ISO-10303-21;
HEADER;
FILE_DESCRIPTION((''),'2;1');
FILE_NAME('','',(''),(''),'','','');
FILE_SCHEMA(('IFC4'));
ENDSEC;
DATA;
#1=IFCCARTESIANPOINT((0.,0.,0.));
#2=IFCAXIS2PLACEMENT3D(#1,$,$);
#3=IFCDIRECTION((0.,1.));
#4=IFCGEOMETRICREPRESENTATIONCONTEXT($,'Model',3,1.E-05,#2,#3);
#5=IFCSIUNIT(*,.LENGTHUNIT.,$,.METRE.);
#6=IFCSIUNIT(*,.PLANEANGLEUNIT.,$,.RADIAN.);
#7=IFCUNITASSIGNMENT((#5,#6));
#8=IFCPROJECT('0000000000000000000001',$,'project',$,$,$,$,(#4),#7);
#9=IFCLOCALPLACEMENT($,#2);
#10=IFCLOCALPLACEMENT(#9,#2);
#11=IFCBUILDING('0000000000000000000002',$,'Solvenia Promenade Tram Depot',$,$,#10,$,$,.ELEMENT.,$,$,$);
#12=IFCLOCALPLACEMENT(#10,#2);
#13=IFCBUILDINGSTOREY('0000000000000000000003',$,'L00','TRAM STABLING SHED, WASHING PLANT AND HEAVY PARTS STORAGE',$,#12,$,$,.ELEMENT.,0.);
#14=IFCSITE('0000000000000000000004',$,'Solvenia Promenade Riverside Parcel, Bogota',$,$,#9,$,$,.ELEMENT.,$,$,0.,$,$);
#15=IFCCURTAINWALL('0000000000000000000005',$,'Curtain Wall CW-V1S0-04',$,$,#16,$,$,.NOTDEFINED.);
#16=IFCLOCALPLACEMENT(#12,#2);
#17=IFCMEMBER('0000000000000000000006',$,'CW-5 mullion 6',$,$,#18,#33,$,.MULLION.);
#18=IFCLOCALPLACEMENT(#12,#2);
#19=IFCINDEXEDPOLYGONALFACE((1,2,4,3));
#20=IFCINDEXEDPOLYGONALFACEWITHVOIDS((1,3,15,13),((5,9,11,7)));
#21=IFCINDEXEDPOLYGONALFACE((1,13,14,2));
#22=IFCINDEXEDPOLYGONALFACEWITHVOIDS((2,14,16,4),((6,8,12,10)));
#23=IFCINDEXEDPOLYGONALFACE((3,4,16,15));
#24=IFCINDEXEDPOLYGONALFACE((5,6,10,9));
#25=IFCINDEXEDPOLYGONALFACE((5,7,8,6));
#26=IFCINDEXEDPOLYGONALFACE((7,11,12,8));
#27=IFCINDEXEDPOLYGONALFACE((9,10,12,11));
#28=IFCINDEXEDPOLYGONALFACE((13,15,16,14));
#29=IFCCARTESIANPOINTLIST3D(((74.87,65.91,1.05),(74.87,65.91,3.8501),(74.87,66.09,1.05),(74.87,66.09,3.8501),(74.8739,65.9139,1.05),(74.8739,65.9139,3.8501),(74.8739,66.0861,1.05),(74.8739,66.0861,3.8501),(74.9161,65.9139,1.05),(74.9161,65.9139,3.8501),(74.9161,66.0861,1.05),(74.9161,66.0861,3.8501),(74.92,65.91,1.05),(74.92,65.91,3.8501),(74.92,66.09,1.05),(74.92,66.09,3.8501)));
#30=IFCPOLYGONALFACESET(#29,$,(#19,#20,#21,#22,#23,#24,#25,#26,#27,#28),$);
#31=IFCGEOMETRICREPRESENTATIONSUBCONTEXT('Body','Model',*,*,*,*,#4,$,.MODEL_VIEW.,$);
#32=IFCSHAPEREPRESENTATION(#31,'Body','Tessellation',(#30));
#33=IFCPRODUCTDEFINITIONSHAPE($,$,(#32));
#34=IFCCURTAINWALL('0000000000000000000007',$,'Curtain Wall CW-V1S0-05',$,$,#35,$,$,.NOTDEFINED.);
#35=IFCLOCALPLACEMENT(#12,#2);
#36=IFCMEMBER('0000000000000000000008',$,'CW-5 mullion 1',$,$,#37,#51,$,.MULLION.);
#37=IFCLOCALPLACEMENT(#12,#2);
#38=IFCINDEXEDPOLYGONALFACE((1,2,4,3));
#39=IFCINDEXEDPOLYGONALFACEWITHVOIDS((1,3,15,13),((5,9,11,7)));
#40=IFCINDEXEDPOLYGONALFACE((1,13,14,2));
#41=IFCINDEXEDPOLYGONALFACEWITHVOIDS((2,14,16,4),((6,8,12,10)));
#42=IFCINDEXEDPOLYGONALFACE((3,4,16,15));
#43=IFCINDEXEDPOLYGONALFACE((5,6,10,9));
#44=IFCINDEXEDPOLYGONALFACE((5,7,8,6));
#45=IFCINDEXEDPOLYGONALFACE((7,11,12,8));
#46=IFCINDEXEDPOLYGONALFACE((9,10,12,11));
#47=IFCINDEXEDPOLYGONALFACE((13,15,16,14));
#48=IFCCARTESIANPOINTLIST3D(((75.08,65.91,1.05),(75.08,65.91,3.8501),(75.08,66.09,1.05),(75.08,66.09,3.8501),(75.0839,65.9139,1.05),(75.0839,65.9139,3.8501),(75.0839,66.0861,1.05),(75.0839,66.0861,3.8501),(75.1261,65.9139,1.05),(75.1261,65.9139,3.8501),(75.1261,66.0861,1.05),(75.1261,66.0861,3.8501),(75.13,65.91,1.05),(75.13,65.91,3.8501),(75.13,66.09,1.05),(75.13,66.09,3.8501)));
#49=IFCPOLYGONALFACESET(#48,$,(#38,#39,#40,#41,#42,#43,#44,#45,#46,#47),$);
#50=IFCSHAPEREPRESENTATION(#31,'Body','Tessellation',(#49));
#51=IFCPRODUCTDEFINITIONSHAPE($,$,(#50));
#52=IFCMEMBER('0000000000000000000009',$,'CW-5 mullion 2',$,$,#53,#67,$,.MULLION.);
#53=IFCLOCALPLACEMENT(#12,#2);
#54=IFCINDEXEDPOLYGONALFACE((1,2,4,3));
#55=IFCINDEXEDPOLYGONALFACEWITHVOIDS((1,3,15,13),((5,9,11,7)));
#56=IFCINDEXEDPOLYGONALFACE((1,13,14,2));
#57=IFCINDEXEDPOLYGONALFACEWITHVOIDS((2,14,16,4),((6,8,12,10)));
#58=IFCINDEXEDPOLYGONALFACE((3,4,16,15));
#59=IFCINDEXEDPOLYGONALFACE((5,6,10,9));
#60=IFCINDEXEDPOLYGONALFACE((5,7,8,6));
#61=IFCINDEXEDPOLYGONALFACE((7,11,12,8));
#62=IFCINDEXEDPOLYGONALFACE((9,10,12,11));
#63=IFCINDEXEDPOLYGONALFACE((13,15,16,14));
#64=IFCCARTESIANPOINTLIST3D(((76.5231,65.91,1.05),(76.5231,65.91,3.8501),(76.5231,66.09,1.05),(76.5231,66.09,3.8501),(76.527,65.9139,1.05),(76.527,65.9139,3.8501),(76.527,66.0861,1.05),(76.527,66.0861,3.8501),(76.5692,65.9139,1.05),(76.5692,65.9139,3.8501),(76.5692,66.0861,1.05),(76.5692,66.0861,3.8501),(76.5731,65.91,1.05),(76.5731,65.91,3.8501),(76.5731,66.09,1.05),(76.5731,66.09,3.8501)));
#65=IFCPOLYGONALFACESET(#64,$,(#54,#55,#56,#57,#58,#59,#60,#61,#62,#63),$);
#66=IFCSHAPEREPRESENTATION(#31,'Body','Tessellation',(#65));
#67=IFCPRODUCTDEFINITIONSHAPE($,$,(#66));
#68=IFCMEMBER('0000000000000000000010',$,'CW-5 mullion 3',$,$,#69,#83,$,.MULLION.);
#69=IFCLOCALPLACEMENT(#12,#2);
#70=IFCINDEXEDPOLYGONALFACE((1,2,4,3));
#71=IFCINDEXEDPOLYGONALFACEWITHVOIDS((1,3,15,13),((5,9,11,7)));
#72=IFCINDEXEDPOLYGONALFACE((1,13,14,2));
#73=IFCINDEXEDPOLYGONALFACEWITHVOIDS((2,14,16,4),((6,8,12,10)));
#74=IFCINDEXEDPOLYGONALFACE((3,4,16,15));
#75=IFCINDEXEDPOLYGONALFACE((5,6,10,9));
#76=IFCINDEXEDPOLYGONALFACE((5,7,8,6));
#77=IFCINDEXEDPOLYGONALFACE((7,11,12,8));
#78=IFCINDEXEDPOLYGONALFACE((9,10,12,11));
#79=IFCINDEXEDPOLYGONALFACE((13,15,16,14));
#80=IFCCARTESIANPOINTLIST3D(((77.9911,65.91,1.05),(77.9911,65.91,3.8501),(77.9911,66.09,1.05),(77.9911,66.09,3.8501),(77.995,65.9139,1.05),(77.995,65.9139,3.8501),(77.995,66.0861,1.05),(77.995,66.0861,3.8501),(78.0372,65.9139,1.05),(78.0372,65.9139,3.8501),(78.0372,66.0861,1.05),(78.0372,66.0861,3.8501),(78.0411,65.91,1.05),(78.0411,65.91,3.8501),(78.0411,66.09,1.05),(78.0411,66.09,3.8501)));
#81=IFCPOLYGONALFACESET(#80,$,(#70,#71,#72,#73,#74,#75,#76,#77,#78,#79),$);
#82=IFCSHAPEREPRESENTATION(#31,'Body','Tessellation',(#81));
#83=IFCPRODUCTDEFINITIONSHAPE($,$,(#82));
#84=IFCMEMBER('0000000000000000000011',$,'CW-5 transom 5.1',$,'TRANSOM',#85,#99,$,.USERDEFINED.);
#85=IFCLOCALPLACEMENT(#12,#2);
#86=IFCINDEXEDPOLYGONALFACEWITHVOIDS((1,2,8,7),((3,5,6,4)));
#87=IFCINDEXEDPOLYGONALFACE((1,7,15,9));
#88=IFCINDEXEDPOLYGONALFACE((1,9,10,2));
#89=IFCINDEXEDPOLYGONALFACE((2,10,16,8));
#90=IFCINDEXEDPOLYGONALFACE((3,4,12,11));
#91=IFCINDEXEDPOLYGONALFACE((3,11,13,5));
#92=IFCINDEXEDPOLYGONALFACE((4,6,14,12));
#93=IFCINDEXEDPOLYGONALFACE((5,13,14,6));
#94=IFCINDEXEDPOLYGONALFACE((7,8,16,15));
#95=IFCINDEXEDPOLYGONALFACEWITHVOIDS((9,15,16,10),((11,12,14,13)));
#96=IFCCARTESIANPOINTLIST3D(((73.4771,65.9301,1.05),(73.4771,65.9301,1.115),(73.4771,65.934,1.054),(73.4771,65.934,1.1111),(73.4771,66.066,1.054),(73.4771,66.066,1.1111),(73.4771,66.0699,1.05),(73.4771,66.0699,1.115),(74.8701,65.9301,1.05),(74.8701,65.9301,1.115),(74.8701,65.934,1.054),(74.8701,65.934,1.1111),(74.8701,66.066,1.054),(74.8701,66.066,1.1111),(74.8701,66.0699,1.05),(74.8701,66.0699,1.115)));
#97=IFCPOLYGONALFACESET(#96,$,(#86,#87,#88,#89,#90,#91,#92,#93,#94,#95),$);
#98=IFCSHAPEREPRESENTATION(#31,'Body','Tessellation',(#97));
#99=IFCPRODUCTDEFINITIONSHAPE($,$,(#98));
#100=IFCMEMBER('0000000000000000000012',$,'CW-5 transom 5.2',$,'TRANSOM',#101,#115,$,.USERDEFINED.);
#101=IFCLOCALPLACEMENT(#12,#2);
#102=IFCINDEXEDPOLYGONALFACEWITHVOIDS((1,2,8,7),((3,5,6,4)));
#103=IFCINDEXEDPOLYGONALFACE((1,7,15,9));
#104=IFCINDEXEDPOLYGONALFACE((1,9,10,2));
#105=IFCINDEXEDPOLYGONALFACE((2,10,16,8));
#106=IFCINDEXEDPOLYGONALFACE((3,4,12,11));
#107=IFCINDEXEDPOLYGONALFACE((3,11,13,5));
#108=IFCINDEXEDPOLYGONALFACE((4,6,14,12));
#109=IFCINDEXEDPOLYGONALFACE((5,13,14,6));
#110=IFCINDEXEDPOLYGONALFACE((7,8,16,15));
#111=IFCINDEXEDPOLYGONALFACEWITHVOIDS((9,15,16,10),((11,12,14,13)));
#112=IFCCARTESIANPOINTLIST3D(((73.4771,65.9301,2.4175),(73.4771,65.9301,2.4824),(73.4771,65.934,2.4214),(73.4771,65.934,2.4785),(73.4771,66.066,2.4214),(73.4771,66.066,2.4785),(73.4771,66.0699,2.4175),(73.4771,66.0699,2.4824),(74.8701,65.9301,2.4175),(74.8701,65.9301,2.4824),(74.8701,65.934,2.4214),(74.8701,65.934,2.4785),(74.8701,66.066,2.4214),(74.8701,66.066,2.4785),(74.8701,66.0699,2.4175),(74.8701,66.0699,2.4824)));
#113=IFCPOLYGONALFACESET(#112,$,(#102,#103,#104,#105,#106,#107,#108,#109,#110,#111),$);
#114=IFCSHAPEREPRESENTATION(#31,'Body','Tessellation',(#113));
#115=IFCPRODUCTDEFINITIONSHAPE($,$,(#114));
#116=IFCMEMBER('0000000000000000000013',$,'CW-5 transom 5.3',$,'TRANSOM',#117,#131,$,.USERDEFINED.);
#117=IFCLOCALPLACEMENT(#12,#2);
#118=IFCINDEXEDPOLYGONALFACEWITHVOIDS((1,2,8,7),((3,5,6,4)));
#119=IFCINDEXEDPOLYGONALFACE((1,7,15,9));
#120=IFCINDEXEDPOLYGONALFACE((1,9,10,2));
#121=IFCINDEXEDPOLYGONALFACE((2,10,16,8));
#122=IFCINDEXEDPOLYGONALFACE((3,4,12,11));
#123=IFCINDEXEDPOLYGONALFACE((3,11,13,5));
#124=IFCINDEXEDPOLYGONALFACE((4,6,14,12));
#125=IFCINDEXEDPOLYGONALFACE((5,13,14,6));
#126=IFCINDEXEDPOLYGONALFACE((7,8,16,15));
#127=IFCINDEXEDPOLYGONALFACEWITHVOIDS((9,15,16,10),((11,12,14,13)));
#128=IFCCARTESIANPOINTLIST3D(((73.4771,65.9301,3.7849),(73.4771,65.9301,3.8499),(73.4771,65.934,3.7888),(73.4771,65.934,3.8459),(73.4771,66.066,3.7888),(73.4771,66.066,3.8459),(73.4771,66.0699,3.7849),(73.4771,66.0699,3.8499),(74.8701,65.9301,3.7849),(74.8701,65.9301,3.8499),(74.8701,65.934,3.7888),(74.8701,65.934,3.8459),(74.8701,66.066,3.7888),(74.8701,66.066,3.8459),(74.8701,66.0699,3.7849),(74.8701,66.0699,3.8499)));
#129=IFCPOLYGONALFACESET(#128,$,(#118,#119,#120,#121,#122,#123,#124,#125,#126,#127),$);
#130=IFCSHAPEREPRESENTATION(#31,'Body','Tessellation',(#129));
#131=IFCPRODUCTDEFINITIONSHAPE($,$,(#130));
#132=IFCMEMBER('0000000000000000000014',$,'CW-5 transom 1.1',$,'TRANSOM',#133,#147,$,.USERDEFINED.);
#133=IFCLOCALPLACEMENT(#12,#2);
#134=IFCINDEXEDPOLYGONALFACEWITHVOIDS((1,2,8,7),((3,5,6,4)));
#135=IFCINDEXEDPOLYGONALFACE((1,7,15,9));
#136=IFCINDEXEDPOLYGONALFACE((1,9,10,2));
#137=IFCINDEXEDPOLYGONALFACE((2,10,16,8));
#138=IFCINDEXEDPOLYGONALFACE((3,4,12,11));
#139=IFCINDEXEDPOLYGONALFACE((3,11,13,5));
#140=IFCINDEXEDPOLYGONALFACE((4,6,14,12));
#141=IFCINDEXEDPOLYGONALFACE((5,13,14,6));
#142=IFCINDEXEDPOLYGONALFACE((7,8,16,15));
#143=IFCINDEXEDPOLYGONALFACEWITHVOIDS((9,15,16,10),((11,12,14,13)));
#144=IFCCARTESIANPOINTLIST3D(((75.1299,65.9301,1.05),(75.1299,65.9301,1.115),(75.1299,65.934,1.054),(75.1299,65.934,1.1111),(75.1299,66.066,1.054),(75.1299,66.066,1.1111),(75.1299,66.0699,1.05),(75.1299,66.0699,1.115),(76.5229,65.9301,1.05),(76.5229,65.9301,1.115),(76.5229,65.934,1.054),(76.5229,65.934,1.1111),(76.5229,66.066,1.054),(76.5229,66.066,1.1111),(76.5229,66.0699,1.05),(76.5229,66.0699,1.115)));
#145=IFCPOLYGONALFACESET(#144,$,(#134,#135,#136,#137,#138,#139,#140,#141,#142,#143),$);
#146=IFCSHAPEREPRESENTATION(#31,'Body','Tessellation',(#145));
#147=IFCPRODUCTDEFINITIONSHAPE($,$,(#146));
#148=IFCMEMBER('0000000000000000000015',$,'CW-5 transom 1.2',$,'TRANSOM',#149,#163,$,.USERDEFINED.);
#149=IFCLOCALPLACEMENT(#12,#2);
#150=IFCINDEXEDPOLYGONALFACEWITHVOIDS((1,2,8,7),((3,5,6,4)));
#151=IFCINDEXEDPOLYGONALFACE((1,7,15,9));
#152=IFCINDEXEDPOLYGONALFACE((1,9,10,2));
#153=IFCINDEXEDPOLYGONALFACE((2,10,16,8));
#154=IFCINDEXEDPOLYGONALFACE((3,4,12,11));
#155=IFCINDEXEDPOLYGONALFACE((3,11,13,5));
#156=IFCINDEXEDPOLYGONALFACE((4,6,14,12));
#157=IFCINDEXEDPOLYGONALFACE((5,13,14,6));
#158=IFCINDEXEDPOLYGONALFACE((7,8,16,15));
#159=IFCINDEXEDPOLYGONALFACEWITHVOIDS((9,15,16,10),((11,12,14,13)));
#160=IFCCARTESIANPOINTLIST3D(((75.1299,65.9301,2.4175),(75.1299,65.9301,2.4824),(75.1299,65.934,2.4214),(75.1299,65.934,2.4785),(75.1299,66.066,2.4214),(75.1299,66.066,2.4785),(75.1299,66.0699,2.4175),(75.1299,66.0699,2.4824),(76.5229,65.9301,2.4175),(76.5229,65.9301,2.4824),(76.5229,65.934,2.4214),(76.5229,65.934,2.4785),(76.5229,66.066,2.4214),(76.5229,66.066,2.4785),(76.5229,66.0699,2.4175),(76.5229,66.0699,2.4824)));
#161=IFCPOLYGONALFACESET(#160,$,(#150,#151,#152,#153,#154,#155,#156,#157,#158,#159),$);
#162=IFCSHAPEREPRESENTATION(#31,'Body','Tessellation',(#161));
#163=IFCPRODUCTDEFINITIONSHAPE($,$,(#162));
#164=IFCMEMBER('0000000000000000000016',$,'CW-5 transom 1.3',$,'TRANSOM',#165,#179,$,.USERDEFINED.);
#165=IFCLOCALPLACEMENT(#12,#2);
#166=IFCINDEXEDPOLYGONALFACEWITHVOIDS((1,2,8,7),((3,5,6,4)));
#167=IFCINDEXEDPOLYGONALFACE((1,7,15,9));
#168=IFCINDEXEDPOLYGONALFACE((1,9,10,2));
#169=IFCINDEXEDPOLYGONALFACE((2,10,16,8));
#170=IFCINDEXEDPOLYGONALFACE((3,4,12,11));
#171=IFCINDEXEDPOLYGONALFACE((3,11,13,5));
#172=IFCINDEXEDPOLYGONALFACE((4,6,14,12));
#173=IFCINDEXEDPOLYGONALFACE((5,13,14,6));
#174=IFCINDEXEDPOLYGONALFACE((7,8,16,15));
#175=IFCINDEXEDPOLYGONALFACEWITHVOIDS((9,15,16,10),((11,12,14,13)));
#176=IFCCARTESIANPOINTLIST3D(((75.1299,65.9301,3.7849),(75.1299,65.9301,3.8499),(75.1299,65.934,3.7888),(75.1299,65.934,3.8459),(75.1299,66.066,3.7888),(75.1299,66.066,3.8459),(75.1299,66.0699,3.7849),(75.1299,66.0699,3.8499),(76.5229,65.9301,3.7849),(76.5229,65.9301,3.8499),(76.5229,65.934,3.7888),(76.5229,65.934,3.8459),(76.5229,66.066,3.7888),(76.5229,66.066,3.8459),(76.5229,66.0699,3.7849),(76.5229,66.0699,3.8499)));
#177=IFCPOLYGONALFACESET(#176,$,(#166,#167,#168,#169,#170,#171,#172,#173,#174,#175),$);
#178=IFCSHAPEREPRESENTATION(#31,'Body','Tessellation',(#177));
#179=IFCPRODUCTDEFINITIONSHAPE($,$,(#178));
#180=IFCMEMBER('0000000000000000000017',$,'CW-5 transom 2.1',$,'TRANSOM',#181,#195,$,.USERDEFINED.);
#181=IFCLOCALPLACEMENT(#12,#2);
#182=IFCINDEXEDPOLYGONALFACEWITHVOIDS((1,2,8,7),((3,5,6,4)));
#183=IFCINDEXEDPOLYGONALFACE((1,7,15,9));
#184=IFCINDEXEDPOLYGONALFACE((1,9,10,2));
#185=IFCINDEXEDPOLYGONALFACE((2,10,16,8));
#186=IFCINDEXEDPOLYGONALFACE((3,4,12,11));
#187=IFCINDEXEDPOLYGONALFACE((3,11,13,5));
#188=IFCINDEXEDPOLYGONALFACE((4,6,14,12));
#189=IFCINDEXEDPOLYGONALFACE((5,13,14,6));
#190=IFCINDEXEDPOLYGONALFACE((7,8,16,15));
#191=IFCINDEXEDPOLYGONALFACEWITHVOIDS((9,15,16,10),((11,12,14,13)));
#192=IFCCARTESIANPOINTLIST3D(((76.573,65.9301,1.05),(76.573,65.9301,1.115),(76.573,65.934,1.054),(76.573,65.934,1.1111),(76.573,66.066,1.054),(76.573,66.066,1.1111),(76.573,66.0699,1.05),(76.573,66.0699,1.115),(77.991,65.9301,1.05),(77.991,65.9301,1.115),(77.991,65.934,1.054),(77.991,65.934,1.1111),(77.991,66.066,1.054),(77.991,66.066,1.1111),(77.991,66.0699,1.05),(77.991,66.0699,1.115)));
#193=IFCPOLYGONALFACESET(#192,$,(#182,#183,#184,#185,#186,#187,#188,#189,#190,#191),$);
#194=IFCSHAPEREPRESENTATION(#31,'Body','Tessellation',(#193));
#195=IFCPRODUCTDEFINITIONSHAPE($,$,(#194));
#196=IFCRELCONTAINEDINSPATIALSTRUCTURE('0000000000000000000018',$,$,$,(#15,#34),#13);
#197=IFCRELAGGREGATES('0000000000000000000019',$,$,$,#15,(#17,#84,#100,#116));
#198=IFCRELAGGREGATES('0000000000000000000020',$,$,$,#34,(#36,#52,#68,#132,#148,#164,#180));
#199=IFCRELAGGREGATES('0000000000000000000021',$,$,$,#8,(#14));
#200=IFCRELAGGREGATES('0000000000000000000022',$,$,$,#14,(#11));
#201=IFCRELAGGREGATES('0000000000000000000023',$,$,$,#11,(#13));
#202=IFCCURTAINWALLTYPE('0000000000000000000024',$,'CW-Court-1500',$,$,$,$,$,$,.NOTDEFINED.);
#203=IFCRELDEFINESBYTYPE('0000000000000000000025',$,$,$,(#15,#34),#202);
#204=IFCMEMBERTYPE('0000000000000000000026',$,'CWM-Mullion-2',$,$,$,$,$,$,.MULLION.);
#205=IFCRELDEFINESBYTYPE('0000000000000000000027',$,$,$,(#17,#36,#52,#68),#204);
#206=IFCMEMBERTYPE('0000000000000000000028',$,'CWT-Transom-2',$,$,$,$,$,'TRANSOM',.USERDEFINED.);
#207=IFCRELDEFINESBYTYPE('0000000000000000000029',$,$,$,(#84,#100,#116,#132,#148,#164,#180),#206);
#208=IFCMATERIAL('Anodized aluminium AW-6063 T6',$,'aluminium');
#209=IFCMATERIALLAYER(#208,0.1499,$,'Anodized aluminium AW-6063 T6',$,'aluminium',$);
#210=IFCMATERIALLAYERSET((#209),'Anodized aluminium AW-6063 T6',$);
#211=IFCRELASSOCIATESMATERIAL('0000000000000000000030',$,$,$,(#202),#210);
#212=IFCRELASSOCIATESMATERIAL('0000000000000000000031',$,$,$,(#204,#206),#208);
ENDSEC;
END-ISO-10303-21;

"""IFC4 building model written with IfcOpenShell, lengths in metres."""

from ifc_helpers import new_model, si_unit, direction, frame, origin, origin_2d, place, context, subcontext, project, spatial, hollow_rectangle, extrude, material, layer, layer_set, material_profile, profile_set, type_object, element, aggregate, save


model = new_model("IFC4")

# Units and contexts
model_context = context("Model", 3, precision=1e-05, world=origin(), true_north=direction((0.0, 1.0)))
body_context = subcontext(model_context, "Body", "Model", "MODEL_VIEW")
ifc_project = project(units=[si_unit("LENGTHUNIT", "METRE"), si_unit("PLANEANGLEUNIT", "RADIAN")], contexts=[model_context])

# Site, building, storey
site_placement = place(None, origin())
site = spatial("IfcSite", under=ifc_project, at=site_placement, Name="Solvenia Promenade Riverside Parcel, Bogota", CompositionType="ELEMENT", RefElevation=0.0)
building_placement = place(site_placement, origin())
building = spatial("IfcBuilding", under=site, at=building_placement, Name="Solvenia Promenade Tram Depot", CompositionType="ELEMENT")
storey_placement = place(building_placement, origin())
storey = spatial("IfcBuildingStorey", under=building, at=storey_placement, Name="L00", Description="TRAM STABLING SHED, WASHING PLANT AND HEAVY PARTS STORAGE", CompositionType="ELEMENT", Elevation=0.0)

# Curtain walls, members
ifc_material_1 = material(Name="Anodized aluminium AW-6063 T6", Category="aluminium")
ifc_layer_1 = layer(ifc_material_1, 0.1499, Name="Anodized aluminium AW-6063 T6", Category="aluminium")
ifc_layer_set_1 = layer_set([ifc_layer_1], Name="Anodized aluminium AW-6063 T6")
curtain_wall_type = type_object("IfcCurtainWallType", Name="CW-Court-1500", PredefinedType="NOTDEFINED", material=ifc_layer_set_1)
curtain_wall_1_placement = place(storey_placement, origin())
curtain_wall_1 = element("IfcCurtainWall", 1, at=curtain_wall_1_placement, inside=storey, type_object=curtain_wall_type, Name="Curtain Wall CW-V1S0-04", PredefinedType="NOTDEFINED")
ifc_material_profile_1 = material_profile(ifc_material_1, hollow_rectangle(XDim=0.1799, YDim=0.05, WallThickness=0.0039, at=origin_2d()), Name="ALU-M2", Category="aluminium")
ifc_profile_set_1 = profile_set([ifc_material_profile_1], Name="Anodized aluminium AW-6063 T6")
member_type_1 = type_object("IfcMemberType", Name="CWM-Mullion-2", PredefinedType="MULLION", material=ifc_profile_set_1)
member_1_placement = place(storey_placement, frame((74.895, 66.0, 1.05), z_axis=(0.0, 0.0, 1.0), x_axis=(0.0, 1.0, 0.0)))
member_1 = element("IfcMember", 2, at=member_1_placement, type_object=member_type_1, Name="CW-5 mullion 6", PredefinedType="MULLION", context=body_context, shape_type="SweptSolid", body=[
    extrude(hollow_rectangle(XDim=0.1799, YDim=0.05, WallThickness=0.0039, at=origin_2d()), origin(), (0.0, 0.0, 1.0), 2.8),
])
curtain_wall_2_placement = place(storey_placement, origin())
curtain_wall_2 = element("IfcCurtainWall", 3, at=curtain_wall_2_placement, inside=storey, type_object=curtain_wall_type, Name="Curtain Wall CW-V1S0-05", PredefinedType="NOTDEFINED")
member_2_placement = place(storey_placement, frame((75.105, 66.0, 1.05), z_axis=(0.0, 0.0, 1.0), x_axis=(0.0, 1.0, 0.0)))
member_2 = element("IfcMember", 4, at=member_2_placement, type_object=member_type_1, Name="CW-5 mullion 1", PredefinedType="MULLION", context=body_context, shape_type="SweptSolid", body=[
    extrude(hollow_rectangle(XDim=0.1799, YDim=0.05, WallThickness=0.0039, at=origin_2d()), origin(), (0.0, 0.0, 1.0), 2.8),
])
member_3_placement = place(storey_placement, frame((76.5481, 66.0, 1.05), z_axis=(0.0, 0.0, 1.0), x_axis=(0.0, 1.0, 0.0)))
member_3 = element("IfcMember", 5, at=member_3_placement, type_object=member_type_1, Name="CW-5 mullion 2", PredefinedType="MULLION", context=body_context, shape_type="SweptSolid", body=[
    extrude(hollow_rectangle(XDim=0.1799, YDim=0.05, WallThickness=0.0039, at=origin_2d()), origin(), (0.0, 0.0, 1.0), 2.8),
])
member_4_placement = place(storey_placement, frame((78.0161, 66.0, 1.05), z_axis=(0.0, 0.0, 1.0), x_axis=(0.0, 1.0, 0.0)))
member_4 = element("IfcMember", 6, at=member_4_placement, type_object=member_type_1, Name="CW-5 mullion 3", PredefinedType="MULLION", context=body_context, shape_type="SweptSolid", body=[
    extrude(hollow_rectangle(XDim=0.1799, YDim=0.05, WallThickness=0.0039, at=origin_2d()), origin(), (0.0, 0.0, 1.0), 2.8),
])

# Members
ifc_material_profile_2 = material_profile(ifc_material_1, hollow_rectangle(XDim=0.1399, YDim=0.0649, WallThickness=0.0039, at=origin_2d()), Name="ALU-T2", Category="aluminium")
ifc_profile_set_2 = profile_set([ifc_material_profile_2], Name="Anodized aluminium AW-6063 T6")
member_type_2 = type_object("IfcMemberType", Name="CWT-Transom-2", ElementType="TRANSOM", PredefinedType="USERDEFINED", material=ifc_profile_set_2)
member_5_placement = place(storey_placement, frame((73.4771, 66.0, 1.0825), z_axis=(1.0, 0.0, 0.0), x_axis=(0.0, 1.0, 0.0)))
member_5 = element("IfcMember", 7, at=member_5_placement, type_object=member_type_2, Name="CW-5 transom 5.1", ObjectType="TRANSOM", PredefinedType="USERDEFINED", context=body_context, shape_type="SweptSolid", body=[
    extrude(hollow_rectangle(XDim=0.1399, YDim=0.0649, WallThickness=0.0039, at=origin_2d()), origin(), (0.0, 0.0, 1.0), 1.3931),
])
member_6_placement = place(storey_placement, frame((73.4771, 66.0, 2.45), z_axis=(1.0, 0.0, 0.0), x_axis=(0.0, 1.0, 0.0)))
member_6 = element("IfcMember", 8, at=member_6_placement, type_object=member_type_2, Name="CW-5 transom 5.2", ObjectType="TRANSOM", PredefinedType="USERDEFINED", context=body_context, shape_type="SweptSolid", body=[
    extrude(hollow_rectangle(XDim=0.1399, YDim=0.0649, WallThickness=0.0039, at=origin_2d()), origin(), (0.0, 0.0, 1.0), 1.3931),
])
member_7_placement = place(storey_placement, frame((73.4771, 66.0, 3.8174), z_axis=(1.0, 0.0, 0.0), x_axis=(0.0, 1.0, 0.0)))
member_7 = element("IfcMember", 9, at=member_7_placement, type_object=member_type_2, Name="CW-5 transom 5.3", ObjectType="TRANSOM", PredefinedType="USERDEFINED", context=body_context, shape_type="SweptSolid", body=[
    extrude(hollow_rectangle(XDim=0.1399, YDim=0.0649, WallThickness=0.0039, at=origin_2d()), origin(), (0.0, 0.0, 1.0), 1.3931),
])
member_8_placement = place(storey_placement, frame((75.1299, 66.0, 1.0825), z_axis=(1.0, 0.0, 0.0), x_axis=(0.0, 1.0, 0.0)))
member_8 = element("IfcMember", 10, at=member_8_placement, type_object=member_type_2, Name="CW-5 transom 1.1", ObjectType="TRANSOM", PredefinedType="USERDEFINED", context=body_context, shape_type="SweptSolid", body=[
    extrude(hollow_rectangle(XDim=0.1399, YDim=0.0649, WallThickness=0.0039, at=origin_2d()), origin(), (0.0, 0.0, 1.0), 1.3931),
])
member_9_placement = place(storey_placement, frame((75.1299, 66.0, 2.45), z_axis=(1.0, 0.0, 0.0), x_axis=(0.0, 1.0, 0.0)))
member_9 = element("IfcMember", 11, at=member_9_placement, type_object=member_type_2, Name="CW-5 transom 1.2", ObjectType="TRANSOM", PredefinedType="USERDEFINED", context=body_context, shape_type="SweptSolid", body=[
    extrude(hollow_rectangle(XDim=0.1399, YDim=0.0649, WallThickness=0.0039, at=origin_2d()), origin(), (0.0, 0.0, 1.0), 1.3931),
])
member_10_placement = place(storey_placement, frame((75.1299, 66.0, 3.8174), z_axis=(1.0, 0.0, 0.0), x_axis=(0.0, 1.0, 0.0)))
member_10 = element("IfcMember", 12, at=member_10_placement, type_object=member_type_2, Name="CW-5 transom 1.3", ObjectType="TRANSOM", PredefinedType="USERDEFINED", context=body_context, shape_type="SweptSolid", body=[
    extrude(hollow_rectangle(XDim=0.1399, YDim=0.0649, WallThickness=0.0039, at=origin_2d()), origin(), (0.0, 0.0, 1.0), 1.3931),
])
member_11_placement = place(storey_placement, frame((76.573, 66.0, 1.0825), z_axis=(1.0, 0.0, 0.0), x_axis=(0.0, 1.0, 0.0)))
member_11 = element("IfcMember", 13, at=member_11_placement, type_object=member_type_2, Name="CW-5 transom 2.1", ObjectType="TRANSOM", PredefinedType="USERDEFINED", context=body_context, shape_type="SweptSolid", body=[
    extrude(hollow_rectangle(XDim=0.1399, YDim=0.0649, WallThickness=0.0039, at=origin_2d()), origin(), (0.0, 0.0, 1.0), 1.418),
])

aggregate(curtain_wall_1, [member_1, member_5, member_6, member_7])
aggregate(curtain_wall_2, [member_2, member_3, member_4, member_8, member_9, member_10, member_11])

save(model, "model.ifc")
